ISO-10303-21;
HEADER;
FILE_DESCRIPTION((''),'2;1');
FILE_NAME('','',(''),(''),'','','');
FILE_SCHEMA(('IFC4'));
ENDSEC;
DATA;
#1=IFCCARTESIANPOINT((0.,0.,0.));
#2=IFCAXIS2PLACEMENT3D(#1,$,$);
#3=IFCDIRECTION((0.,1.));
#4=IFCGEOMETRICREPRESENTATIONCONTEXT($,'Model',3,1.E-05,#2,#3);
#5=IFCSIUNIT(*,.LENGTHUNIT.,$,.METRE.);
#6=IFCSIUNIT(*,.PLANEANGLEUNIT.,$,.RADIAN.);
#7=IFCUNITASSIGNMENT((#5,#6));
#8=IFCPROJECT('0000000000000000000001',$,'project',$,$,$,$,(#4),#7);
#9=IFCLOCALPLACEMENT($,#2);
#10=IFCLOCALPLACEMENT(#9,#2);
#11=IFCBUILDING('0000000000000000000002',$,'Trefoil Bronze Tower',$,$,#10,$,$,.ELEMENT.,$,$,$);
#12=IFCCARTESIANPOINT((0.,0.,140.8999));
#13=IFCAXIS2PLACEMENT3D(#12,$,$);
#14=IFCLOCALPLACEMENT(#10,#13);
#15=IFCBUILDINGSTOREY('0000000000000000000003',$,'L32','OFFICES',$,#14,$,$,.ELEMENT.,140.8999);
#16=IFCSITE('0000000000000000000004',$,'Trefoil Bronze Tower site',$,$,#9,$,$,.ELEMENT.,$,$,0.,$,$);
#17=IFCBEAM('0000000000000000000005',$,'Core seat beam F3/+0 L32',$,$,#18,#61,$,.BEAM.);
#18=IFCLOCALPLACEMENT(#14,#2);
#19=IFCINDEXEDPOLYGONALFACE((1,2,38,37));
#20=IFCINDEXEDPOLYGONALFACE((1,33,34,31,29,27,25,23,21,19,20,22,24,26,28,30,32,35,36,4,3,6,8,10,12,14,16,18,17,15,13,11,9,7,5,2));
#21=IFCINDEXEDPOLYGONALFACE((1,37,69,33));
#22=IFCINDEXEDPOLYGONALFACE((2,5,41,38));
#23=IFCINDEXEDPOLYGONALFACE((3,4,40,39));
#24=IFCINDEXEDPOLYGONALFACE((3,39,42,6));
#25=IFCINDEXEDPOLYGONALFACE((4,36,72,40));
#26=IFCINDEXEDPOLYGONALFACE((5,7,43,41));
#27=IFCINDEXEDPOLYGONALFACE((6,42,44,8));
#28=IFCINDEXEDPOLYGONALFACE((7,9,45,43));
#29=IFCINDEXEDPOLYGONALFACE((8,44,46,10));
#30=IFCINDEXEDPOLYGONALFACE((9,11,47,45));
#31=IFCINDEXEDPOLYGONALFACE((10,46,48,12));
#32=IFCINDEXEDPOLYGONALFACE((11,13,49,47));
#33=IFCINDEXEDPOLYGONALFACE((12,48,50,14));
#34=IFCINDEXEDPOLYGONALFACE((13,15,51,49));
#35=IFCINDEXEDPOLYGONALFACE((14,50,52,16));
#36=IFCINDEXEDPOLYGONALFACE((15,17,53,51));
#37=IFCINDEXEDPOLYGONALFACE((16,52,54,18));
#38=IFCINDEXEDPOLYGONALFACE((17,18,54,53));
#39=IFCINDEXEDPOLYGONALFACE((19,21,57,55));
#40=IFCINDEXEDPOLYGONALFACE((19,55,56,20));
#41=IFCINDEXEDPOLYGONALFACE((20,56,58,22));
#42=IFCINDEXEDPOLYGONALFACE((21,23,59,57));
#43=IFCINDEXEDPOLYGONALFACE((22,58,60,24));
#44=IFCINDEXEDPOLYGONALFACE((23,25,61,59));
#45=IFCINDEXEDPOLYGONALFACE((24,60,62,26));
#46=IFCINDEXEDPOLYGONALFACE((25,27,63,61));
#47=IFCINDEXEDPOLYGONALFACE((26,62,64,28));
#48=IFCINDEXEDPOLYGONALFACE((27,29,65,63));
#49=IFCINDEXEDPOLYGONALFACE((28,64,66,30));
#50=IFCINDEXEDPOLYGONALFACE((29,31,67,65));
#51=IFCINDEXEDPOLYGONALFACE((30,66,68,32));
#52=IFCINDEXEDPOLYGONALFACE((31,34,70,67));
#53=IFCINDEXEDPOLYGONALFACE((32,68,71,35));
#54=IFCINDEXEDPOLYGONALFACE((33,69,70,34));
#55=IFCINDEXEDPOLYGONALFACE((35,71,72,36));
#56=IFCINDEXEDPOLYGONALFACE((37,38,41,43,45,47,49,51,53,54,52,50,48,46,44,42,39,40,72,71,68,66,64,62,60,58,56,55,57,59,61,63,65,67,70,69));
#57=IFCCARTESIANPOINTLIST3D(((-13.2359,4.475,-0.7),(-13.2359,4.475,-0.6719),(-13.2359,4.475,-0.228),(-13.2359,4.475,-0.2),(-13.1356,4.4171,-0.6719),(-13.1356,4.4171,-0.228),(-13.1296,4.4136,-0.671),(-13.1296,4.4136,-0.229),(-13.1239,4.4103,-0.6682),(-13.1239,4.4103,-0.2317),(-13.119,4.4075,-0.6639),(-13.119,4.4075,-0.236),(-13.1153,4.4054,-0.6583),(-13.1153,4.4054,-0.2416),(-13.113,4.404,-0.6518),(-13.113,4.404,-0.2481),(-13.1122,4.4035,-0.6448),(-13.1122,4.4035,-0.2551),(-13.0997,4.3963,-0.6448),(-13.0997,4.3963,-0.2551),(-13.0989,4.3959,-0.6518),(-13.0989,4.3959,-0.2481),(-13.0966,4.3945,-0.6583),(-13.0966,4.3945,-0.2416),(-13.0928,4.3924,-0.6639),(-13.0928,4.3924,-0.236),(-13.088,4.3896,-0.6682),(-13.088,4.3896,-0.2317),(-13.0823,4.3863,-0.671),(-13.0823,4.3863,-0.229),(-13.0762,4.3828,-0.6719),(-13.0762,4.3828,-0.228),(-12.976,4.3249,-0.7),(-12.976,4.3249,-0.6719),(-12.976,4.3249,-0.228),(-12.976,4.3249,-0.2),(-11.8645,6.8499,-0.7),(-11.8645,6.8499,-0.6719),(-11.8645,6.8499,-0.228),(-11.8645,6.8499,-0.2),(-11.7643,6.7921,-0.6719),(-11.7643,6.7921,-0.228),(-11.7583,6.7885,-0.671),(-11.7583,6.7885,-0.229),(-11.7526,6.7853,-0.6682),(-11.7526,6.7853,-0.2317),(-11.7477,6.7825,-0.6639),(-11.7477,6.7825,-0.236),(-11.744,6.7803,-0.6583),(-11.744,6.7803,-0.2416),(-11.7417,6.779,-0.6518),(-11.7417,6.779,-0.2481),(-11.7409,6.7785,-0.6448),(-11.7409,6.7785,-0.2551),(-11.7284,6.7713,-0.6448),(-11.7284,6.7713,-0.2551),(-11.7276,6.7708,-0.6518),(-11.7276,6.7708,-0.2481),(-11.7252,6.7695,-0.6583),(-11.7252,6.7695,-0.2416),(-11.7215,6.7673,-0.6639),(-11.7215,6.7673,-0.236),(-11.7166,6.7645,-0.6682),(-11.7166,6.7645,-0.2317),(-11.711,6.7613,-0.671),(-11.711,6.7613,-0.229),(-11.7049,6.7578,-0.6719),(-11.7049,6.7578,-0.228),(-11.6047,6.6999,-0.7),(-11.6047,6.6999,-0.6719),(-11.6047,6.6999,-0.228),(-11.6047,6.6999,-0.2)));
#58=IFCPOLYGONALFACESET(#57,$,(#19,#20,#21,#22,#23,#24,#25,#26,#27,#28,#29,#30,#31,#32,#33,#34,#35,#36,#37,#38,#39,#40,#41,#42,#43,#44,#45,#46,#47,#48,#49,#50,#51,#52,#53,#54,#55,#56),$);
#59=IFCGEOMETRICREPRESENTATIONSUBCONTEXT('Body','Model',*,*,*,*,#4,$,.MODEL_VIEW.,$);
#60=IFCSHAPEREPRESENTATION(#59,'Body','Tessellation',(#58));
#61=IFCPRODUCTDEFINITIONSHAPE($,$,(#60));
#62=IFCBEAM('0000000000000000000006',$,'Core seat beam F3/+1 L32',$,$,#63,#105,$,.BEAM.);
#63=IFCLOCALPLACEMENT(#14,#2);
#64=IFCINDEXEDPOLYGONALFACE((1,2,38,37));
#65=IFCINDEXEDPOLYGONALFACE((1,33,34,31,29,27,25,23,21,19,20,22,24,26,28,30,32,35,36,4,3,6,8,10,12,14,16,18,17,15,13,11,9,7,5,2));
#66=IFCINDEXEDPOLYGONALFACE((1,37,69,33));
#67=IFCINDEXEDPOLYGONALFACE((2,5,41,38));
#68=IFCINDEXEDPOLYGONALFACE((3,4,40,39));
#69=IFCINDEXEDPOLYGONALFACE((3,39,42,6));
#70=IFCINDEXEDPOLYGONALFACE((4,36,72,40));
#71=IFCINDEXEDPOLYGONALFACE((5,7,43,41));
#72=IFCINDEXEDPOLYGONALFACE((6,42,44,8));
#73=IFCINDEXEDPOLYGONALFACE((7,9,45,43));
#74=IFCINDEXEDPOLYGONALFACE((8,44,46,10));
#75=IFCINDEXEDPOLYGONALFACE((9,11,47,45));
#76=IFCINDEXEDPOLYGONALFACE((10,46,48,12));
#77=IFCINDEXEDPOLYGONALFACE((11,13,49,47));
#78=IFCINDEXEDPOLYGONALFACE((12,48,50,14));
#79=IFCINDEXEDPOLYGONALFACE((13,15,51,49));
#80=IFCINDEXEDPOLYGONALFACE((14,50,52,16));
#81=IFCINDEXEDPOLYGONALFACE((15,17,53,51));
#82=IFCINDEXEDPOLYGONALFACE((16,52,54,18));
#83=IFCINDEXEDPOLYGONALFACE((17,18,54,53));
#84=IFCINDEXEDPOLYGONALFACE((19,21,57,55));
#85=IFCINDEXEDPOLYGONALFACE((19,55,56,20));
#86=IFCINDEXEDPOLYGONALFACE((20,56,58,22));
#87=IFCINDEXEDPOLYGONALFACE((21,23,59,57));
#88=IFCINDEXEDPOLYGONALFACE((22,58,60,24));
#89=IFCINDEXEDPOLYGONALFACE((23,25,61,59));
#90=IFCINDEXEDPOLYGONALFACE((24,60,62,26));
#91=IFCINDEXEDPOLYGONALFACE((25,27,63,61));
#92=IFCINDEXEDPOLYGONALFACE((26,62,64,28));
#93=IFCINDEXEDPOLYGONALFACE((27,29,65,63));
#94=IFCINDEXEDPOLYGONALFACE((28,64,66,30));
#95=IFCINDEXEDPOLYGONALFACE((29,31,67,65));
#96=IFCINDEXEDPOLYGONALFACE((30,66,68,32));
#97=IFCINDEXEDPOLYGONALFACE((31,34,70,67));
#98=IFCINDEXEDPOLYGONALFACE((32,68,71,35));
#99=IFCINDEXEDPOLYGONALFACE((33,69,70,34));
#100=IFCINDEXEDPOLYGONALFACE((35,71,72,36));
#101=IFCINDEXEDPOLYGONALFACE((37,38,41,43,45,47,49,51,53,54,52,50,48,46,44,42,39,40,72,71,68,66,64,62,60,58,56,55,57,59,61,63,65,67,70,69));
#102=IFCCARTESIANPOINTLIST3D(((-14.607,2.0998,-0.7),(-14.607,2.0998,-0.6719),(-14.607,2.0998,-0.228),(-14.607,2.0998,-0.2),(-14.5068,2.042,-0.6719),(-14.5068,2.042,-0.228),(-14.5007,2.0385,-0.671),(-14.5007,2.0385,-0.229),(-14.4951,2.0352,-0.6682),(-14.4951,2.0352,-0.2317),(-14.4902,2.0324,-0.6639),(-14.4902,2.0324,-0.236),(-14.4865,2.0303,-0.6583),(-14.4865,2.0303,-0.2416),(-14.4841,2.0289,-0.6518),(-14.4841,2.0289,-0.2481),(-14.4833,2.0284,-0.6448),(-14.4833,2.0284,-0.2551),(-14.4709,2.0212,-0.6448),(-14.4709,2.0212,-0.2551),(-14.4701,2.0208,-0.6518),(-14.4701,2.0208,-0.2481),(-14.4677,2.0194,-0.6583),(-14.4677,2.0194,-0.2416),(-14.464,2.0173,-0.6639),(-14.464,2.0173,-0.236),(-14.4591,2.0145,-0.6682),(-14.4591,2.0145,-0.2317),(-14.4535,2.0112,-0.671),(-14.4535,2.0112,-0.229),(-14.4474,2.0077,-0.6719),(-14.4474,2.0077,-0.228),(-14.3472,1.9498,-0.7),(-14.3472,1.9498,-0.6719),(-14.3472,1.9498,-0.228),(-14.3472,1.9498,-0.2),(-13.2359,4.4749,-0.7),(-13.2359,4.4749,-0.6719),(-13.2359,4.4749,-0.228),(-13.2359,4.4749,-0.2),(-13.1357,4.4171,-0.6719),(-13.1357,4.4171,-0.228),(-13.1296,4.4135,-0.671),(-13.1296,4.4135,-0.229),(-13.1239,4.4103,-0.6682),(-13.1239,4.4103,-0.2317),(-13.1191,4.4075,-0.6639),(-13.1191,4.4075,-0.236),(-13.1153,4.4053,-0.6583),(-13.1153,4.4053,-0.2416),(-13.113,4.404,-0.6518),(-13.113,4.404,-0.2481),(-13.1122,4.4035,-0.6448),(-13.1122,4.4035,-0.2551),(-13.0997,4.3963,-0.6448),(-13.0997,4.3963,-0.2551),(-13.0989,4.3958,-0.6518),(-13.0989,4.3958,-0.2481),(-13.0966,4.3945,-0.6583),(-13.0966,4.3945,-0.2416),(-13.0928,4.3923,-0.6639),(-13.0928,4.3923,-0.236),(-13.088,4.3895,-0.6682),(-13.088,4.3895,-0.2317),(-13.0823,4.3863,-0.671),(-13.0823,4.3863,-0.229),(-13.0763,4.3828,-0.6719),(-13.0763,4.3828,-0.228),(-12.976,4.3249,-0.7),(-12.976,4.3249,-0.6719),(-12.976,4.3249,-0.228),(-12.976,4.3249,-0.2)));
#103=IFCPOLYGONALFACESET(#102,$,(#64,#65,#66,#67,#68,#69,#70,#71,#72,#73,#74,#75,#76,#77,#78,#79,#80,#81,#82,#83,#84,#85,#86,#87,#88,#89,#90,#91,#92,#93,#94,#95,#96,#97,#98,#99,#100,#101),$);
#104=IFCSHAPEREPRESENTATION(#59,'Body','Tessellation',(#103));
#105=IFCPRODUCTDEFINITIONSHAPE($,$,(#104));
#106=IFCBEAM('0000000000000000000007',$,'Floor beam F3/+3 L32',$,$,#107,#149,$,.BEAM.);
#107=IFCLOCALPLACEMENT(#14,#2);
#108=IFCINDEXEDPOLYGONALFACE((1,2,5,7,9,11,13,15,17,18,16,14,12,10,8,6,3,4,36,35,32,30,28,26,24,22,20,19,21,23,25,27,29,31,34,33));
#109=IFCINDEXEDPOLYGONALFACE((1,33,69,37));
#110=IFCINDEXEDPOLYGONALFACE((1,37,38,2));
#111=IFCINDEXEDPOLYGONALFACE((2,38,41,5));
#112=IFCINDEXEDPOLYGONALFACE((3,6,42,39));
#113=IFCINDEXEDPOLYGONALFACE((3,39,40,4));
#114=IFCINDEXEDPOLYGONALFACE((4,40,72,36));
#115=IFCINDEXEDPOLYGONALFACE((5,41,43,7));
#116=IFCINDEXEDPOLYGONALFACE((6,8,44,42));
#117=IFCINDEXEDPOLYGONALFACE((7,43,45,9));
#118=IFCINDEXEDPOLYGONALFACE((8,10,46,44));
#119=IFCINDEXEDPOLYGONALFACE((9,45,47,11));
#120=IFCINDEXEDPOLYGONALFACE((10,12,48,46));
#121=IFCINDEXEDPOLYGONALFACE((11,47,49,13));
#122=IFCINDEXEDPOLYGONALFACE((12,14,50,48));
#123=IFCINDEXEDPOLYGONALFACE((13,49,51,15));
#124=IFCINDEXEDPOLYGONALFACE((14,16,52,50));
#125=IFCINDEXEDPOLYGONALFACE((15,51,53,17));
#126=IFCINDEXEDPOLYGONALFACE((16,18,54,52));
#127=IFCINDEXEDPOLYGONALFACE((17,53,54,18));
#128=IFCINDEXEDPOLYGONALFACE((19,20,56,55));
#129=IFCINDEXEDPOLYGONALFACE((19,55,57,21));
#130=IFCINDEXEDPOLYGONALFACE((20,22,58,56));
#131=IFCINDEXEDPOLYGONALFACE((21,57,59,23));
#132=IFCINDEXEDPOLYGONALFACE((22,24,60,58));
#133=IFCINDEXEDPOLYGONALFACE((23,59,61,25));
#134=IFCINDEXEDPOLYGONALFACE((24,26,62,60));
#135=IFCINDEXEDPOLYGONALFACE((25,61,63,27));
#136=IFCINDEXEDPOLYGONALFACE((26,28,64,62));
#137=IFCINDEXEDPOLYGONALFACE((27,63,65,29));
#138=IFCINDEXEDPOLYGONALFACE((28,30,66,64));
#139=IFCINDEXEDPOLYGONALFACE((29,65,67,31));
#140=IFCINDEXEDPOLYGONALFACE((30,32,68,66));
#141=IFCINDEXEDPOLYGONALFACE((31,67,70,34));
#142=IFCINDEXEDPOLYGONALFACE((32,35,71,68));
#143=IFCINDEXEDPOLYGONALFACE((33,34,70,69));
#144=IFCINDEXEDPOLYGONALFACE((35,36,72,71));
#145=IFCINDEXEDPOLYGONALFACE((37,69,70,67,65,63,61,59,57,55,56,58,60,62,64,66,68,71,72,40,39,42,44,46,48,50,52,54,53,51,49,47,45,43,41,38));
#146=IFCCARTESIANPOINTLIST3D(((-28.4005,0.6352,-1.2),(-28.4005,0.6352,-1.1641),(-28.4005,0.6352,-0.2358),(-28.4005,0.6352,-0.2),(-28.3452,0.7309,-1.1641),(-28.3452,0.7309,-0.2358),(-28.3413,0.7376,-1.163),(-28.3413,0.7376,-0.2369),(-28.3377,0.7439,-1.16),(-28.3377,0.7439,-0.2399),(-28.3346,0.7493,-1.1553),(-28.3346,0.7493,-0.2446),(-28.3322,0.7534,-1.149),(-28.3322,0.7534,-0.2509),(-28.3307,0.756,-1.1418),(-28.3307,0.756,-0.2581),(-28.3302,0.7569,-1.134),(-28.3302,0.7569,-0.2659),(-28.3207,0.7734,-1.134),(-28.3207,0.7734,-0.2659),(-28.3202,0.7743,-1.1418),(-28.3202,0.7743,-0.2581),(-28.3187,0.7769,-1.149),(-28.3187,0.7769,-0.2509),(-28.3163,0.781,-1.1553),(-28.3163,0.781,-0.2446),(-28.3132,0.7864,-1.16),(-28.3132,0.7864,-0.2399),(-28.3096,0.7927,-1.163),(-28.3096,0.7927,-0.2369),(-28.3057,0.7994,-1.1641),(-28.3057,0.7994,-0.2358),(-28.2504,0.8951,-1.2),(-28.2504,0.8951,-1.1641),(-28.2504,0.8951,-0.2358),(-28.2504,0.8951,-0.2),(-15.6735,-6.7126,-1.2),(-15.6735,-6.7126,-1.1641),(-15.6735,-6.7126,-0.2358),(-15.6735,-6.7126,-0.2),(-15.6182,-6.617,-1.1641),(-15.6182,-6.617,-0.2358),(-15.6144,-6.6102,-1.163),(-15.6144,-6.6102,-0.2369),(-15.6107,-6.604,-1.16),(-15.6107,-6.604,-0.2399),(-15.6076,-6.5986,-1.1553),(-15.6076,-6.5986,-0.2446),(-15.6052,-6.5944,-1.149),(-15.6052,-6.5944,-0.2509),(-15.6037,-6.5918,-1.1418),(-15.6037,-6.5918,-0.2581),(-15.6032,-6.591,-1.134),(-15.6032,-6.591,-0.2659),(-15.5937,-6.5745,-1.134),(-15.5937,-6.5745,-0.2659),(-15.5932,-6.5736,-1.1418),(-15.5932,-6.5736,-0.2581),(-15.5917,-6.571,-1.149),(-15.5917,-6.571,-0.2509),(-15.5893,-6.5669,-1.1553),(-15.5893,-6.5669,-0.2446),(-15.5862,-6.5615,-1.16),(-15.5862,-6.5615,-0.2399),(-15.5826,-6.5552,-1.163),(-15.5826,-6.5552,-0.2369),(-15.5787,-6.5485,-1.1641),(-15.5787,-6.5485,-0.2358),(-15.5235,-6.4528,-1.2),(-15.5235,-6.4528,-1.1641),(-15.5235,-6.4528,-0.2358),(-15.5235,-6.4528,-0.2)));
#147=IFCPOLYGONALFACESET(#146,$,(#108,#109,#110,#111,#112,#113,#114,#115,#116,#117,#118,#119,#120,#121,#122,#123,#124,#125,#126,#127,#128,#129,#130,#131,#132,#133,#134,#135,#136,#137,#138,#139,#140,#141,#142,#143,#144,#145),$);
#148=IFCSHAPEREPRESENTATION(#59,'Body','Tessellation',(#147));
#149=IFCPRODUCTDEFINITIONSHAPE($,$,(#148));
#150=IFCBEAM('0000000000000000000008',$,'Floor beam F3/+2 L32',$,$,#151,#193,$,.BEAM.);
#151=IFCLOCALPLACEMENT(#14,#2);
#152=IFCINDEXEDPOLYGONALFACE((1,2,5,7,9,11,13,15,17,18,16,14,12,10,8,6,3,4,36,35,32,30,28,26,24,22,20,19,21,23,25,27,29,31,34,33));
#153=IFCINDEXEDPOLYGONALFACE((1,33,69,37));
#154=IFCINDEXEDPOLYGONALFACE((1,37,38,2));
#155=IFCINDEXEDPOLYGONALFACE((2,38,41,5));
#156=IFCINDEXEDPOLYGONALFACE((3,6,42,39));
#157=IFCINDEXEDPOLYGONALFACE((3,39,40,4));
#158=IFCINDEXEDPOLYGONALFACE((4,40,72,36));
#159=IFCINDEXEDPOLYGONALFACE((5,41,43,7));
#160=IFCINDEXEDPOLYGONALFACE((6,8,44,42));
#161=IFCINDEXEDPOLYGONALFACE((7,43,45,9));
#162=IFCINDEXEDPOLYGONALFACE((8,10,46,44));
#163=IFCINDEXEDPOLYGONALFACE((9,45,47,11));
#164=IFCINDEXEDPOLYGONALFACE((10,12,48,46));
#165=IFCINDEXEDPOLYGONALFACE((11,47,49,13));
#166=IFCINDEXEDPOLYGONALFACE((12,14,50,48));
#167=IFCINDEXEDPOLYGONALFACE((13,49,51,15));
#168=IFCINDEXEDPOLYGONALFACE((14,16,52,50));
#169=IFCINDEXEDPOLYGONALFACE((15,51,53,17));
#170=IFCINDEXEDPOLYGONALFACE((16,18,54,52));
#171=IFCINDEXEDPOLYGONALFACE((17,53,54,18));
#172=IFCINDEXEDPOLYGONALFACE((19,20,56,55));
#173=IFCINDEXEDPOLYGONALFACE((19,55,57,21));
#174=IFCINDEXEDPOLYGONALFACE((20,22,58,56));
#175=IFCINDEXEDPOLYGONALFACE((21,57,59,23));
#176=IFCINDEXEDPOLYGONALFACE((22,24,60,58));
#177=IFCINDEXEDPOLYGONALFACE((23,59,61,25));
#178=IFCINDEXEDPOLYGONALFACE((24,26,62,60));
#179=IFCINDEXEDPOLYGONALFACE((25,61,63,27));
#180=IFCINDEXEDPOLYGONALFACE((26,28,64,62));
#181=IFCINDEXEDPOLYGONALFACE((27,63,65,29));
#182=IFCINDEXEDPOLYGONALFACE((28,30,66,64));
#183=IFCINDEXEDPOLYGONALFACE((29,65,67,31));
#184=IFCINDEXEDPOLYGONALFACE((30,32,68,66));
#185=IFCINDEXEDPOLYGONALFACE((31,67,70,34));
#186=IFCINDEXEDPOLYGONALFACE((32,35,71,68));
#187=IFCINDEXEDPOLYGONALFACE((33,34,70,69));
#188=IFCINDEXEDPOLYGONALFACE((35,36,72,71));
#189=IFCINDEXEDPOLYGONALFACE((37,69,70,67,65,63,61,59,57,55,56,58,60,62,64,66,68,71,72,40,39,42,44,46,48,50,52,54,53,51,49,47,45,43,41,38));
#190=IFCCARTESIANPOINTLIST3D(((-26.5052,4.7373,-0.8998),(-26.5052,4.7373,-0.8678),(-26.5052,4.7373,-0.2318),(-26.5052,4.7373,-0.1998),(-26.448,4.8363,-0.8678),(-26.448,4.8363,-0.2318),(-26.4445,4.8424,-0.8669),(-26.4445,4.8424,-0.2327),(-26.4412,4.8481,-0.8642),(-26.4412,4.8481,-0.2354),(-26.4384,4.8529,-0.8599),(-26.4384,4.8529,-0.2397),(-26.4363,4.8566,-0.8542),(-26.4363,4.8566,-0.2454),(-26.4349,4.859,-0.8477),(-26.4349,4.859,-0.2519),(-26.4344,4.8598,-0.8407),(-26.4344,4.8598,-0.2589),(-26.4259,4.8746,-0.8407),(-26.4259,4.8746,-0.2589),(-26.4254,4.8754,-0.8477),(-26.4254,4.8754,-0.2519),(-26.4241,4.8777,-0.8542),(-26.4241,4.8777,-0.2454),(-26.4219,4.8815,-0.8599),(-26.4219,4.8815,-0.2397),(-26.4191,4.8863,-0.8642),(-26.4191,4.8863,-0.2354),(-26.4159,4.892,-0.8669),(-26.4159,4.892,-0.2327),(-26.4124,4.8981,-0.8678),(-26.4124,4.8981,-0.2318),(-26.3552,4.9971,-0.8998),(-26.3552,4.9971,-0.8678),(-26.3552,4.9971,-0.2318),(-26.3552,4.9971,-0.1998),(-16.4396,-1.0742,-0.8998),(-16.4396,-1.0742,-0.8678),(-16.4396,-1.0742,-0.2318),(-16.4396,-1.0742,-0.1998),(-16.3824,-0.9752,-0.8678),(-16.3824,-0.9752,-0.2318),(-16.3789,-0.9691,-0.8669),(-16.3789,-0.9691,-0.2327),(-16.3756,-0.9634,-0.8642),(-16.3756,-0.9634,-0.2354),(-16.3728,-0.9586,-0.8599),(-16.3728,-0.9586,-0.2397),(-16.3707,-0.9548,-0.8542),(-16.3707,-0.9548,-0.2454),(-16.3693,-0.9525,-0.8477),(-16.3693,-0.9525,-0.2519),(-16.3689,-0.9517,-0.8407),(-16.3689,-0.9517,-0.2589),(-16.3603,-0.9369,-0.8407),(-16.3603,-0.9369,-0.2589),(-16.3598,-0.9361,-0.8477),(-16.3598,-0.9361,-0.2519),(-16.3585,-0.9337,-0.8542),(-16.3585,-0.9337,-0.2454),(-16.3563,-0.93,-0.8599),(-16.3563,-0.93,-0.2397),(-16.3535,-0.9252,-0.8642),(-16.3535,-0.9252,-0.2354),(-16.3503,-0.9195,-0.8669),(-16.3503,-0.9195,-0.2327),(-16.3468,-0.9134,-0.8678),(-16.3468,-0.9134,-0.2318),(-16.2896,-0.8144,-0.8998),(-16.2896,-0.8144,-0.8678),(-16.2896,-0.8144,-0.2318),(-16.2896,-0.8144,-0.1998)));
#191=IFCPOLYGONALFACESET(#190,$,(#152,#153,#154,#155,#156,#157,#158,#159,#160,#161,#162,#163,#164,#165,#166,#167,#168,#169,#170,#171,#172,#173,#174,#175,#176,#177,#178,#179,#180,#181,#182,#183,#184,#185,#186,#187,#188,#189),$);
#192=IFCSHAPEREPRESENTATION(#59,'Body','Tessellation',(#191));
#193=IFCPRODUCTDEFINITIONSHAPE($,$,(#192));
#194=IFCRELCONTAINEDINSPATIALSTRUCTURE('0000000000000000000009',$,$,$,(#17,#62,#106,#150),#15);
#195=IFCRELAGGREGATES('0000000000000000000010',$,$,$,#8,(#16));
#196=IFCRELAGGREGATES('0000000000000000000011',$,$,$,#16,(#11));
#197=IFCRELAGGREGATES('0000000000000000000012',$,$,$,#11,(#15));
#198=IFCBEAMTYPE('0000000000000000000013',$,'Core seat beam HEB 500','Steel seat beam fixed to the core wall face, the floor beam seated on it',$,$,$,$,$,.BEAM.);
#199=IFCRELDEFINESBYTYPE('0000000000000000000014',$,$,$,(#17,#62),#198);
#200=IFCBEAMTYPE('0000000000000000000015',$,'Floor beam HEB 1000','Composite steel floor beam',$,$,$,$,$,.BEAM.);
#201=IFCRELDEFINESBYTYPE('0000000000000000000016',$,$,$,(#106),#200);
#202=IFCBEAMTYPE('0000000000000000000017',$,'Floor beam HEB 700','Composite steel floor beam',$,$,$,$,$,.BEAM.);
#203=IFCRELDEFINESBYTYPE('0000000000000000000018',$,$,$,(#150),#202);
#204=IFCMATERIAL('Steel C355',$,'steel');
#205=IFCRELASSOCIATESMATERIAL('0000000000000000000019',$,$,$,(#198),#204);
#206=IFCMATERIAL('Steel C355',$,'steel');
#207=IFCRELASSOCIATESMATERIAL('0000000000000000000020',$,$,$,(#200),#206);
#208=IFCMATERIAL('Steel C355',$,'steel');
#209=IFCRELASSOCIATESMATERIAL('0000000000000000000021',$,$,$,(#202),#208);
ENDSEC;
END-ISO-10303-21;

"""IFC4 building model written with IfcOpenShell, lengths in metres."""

from ifc_helpers import new_model, si_unit, direction, frame, origin, origin_2d, place, context, subcontext, project, spatial, i_section, extrude, material, material_profile, profile_set, type_object, element, save


model = new_model("IFC4")

# Units and contexts
model_context = context("Model", 3, precision=1e-05, world=origin(), true_north=direction((0.0, 1.0)))
body_context = subcontext(model_context, "Body", "Model", "MODEL_VIEW")
ifc_project = project(units=[si_unit("LENGTHUNIT", "METRE"), si_unit("PLANEANGLEUNIT", "RADIAN")], contexts=[model_context])

# Site, building, storey
site_placement = place(None, origin())
site = spatial("IfcSite", under=ifc_project, at=site_placement, Name="Trefoil Bronze Tower site", CompositionType="ELEMENT", RefElevation=0.0)
building_placement = place(site_placement, origin())
building = spatial("IfcBuilding", under=site, at=building_placement, Name="Trefoil Bronze Tower", CompositionType="ELEMENT")
storey_placement = place(building_placement, frame((0.0, 0.0, 140.8999)))
storey = spatial("IfcBuildingStorey", under=building, at=storey_placement, Name="L32", Description="OFFICES", CompositionType="ELEMENT", Elevation=140.8999)

# Beams
ifc_material_1 = material(Name="Steel C355", Category="steel")
ifc_material_profile_1 = material_profile(ifc_material_1, i_section(OverallWidth=0.3, OverallDepth=0.5, WebThickness=0.0144, FlangeThickness=0.0281, FilletRadius=0.0271, at=origin_2d()), Name="HEB 500")
ifc_profile_set_1 = profile_set([ifc_material_profile_1], Name="Steel C355")
beam_type_1 = type_object("IfcBeamType", Name="Core seat beam HEB 500", Description="Steel seat beam fixed to the core wall face, the floor beam seated on it", PredefinedType="BEAM", material=ifc_profile_set_1)
for number, where, z_axis, x_axis, name in (
    (1, (-11.7346, 6.7749, -0.45), (-0.500036, -0.866005, 0.0), (0.866005, -0.500036, 0.0), "Core seat beam F3/+0 L32"),
    (2, (-13.106, 4.3999, -0.45), (-0.499969, -0.866043, 0.0), (0.866043, -0.499969, 0.0), "Core seat beam F3/+1 L32"),
):
    element("IfcBeam", number, at=place(storey_placement, frame(where, z_axis=z_axis, x_axis=x_axis)), inside=storey, type_object=beam_type_1, Name=name, PredefinedType="BEAM", context=body_context, shape_type="SweptSolid", body=[
        extrude(i_section(OverallWidth=0.3, OverallDepth=0.5, WebThickness=0.0144, FlangeThickness=0.0281, FilletRadius=0.0271, at=origin_2d()), origin(), (0.0, 0.0, 1.0), 2.7424),
    ])
ifc_material_2 = material(Name="Steel C355", Category="steel")
ifc_material_profile_2 = material_profile(ifc_material_2, i_section(OverallWidth=0.3, OverallDepth=1.0, WebThickness=0.019, FlangeThickness=0.0359, FilletRadius=0.03, at=origin_2d()), Name="HEB 1000")
ifc_profile_set_2 = profile_set([ifc_material_profile_2], Name="Steel C355")
beam_type_2 = type_object("IfcBeamType", Name="Floor beam HEB 1000", Description="Composite steel floor beam", PredefinedType="BEAM", material=ifc_profile_set_2)
beam_1_placement = place(storey_placement, frame((-28.3254, 0.7651, -0.7), z_axis=(0.866027, -0.499997, 0.0), x_axis=(0.499997, 0.866027, 0.0)))
element("IfcBeam", 3, at=beam_1_placement, inside=storey, type_object=beam_type_2, Name="Floor beam F3/+3 L32", PredefinedType="BEAM", context=body_context, shape_type="SweptSolid", body=[
    extrude(i_section(OverallWidth=0.3, OverallDepth=1.0, WebThickness=0.019, FlangeThickness=0.0359, FilletRadius=0.03, at=origin_2d()), origin(), (0.0, 0.0, 1.0), 14.6958),
])
ifc_material_3 = material(Name="Steel C355", Category="steel")
ifc_material_profile_3 = material_profile(ifc_material_3, i_section(OverallWidth=0.3, OverallDepth=0.7, WebThickness=0.0171, FlangeThickness=0.032, FilletRadius=0.0271, at=origin_2d()), Name="HEB 700")
ifc_profile_set_3 = profile_set([ifc_material_profile_3], Name="Steel C355")
beam_type_3 = type_object("IfcBeamType", Name="Floor beam HEB 700", Description="Composite steel floor beam", PredefinedType="BEAM", material=ifc_profile_set_3)
beam_2_placement = place(storey_placement, frame((-26.4302, 4.8672, -0.5498), z_axis=(0.866022, -0.500007, 0.0), x_axis=(0.500007, 0.866022, 0.0)))
element("IfcBeam", 4, at=beam_2_placement, inside=storey, type_object=beam_type_3, Name="Floor beam F3/+2 L32", PredefinedType="BEAM", context=body_context, shape_type="SweptSolid", body=[
    extrude(i_section(OverallWidth=0.3, OverallDepth=0.7, WebThickness=0.0171, FlangeThickness=0.032, FilletRadius=0.0271, at=origin_2d()), origin(), (0.0, 0.0, 1.0), 11.6228),
])

save(model, "model.ifc")
